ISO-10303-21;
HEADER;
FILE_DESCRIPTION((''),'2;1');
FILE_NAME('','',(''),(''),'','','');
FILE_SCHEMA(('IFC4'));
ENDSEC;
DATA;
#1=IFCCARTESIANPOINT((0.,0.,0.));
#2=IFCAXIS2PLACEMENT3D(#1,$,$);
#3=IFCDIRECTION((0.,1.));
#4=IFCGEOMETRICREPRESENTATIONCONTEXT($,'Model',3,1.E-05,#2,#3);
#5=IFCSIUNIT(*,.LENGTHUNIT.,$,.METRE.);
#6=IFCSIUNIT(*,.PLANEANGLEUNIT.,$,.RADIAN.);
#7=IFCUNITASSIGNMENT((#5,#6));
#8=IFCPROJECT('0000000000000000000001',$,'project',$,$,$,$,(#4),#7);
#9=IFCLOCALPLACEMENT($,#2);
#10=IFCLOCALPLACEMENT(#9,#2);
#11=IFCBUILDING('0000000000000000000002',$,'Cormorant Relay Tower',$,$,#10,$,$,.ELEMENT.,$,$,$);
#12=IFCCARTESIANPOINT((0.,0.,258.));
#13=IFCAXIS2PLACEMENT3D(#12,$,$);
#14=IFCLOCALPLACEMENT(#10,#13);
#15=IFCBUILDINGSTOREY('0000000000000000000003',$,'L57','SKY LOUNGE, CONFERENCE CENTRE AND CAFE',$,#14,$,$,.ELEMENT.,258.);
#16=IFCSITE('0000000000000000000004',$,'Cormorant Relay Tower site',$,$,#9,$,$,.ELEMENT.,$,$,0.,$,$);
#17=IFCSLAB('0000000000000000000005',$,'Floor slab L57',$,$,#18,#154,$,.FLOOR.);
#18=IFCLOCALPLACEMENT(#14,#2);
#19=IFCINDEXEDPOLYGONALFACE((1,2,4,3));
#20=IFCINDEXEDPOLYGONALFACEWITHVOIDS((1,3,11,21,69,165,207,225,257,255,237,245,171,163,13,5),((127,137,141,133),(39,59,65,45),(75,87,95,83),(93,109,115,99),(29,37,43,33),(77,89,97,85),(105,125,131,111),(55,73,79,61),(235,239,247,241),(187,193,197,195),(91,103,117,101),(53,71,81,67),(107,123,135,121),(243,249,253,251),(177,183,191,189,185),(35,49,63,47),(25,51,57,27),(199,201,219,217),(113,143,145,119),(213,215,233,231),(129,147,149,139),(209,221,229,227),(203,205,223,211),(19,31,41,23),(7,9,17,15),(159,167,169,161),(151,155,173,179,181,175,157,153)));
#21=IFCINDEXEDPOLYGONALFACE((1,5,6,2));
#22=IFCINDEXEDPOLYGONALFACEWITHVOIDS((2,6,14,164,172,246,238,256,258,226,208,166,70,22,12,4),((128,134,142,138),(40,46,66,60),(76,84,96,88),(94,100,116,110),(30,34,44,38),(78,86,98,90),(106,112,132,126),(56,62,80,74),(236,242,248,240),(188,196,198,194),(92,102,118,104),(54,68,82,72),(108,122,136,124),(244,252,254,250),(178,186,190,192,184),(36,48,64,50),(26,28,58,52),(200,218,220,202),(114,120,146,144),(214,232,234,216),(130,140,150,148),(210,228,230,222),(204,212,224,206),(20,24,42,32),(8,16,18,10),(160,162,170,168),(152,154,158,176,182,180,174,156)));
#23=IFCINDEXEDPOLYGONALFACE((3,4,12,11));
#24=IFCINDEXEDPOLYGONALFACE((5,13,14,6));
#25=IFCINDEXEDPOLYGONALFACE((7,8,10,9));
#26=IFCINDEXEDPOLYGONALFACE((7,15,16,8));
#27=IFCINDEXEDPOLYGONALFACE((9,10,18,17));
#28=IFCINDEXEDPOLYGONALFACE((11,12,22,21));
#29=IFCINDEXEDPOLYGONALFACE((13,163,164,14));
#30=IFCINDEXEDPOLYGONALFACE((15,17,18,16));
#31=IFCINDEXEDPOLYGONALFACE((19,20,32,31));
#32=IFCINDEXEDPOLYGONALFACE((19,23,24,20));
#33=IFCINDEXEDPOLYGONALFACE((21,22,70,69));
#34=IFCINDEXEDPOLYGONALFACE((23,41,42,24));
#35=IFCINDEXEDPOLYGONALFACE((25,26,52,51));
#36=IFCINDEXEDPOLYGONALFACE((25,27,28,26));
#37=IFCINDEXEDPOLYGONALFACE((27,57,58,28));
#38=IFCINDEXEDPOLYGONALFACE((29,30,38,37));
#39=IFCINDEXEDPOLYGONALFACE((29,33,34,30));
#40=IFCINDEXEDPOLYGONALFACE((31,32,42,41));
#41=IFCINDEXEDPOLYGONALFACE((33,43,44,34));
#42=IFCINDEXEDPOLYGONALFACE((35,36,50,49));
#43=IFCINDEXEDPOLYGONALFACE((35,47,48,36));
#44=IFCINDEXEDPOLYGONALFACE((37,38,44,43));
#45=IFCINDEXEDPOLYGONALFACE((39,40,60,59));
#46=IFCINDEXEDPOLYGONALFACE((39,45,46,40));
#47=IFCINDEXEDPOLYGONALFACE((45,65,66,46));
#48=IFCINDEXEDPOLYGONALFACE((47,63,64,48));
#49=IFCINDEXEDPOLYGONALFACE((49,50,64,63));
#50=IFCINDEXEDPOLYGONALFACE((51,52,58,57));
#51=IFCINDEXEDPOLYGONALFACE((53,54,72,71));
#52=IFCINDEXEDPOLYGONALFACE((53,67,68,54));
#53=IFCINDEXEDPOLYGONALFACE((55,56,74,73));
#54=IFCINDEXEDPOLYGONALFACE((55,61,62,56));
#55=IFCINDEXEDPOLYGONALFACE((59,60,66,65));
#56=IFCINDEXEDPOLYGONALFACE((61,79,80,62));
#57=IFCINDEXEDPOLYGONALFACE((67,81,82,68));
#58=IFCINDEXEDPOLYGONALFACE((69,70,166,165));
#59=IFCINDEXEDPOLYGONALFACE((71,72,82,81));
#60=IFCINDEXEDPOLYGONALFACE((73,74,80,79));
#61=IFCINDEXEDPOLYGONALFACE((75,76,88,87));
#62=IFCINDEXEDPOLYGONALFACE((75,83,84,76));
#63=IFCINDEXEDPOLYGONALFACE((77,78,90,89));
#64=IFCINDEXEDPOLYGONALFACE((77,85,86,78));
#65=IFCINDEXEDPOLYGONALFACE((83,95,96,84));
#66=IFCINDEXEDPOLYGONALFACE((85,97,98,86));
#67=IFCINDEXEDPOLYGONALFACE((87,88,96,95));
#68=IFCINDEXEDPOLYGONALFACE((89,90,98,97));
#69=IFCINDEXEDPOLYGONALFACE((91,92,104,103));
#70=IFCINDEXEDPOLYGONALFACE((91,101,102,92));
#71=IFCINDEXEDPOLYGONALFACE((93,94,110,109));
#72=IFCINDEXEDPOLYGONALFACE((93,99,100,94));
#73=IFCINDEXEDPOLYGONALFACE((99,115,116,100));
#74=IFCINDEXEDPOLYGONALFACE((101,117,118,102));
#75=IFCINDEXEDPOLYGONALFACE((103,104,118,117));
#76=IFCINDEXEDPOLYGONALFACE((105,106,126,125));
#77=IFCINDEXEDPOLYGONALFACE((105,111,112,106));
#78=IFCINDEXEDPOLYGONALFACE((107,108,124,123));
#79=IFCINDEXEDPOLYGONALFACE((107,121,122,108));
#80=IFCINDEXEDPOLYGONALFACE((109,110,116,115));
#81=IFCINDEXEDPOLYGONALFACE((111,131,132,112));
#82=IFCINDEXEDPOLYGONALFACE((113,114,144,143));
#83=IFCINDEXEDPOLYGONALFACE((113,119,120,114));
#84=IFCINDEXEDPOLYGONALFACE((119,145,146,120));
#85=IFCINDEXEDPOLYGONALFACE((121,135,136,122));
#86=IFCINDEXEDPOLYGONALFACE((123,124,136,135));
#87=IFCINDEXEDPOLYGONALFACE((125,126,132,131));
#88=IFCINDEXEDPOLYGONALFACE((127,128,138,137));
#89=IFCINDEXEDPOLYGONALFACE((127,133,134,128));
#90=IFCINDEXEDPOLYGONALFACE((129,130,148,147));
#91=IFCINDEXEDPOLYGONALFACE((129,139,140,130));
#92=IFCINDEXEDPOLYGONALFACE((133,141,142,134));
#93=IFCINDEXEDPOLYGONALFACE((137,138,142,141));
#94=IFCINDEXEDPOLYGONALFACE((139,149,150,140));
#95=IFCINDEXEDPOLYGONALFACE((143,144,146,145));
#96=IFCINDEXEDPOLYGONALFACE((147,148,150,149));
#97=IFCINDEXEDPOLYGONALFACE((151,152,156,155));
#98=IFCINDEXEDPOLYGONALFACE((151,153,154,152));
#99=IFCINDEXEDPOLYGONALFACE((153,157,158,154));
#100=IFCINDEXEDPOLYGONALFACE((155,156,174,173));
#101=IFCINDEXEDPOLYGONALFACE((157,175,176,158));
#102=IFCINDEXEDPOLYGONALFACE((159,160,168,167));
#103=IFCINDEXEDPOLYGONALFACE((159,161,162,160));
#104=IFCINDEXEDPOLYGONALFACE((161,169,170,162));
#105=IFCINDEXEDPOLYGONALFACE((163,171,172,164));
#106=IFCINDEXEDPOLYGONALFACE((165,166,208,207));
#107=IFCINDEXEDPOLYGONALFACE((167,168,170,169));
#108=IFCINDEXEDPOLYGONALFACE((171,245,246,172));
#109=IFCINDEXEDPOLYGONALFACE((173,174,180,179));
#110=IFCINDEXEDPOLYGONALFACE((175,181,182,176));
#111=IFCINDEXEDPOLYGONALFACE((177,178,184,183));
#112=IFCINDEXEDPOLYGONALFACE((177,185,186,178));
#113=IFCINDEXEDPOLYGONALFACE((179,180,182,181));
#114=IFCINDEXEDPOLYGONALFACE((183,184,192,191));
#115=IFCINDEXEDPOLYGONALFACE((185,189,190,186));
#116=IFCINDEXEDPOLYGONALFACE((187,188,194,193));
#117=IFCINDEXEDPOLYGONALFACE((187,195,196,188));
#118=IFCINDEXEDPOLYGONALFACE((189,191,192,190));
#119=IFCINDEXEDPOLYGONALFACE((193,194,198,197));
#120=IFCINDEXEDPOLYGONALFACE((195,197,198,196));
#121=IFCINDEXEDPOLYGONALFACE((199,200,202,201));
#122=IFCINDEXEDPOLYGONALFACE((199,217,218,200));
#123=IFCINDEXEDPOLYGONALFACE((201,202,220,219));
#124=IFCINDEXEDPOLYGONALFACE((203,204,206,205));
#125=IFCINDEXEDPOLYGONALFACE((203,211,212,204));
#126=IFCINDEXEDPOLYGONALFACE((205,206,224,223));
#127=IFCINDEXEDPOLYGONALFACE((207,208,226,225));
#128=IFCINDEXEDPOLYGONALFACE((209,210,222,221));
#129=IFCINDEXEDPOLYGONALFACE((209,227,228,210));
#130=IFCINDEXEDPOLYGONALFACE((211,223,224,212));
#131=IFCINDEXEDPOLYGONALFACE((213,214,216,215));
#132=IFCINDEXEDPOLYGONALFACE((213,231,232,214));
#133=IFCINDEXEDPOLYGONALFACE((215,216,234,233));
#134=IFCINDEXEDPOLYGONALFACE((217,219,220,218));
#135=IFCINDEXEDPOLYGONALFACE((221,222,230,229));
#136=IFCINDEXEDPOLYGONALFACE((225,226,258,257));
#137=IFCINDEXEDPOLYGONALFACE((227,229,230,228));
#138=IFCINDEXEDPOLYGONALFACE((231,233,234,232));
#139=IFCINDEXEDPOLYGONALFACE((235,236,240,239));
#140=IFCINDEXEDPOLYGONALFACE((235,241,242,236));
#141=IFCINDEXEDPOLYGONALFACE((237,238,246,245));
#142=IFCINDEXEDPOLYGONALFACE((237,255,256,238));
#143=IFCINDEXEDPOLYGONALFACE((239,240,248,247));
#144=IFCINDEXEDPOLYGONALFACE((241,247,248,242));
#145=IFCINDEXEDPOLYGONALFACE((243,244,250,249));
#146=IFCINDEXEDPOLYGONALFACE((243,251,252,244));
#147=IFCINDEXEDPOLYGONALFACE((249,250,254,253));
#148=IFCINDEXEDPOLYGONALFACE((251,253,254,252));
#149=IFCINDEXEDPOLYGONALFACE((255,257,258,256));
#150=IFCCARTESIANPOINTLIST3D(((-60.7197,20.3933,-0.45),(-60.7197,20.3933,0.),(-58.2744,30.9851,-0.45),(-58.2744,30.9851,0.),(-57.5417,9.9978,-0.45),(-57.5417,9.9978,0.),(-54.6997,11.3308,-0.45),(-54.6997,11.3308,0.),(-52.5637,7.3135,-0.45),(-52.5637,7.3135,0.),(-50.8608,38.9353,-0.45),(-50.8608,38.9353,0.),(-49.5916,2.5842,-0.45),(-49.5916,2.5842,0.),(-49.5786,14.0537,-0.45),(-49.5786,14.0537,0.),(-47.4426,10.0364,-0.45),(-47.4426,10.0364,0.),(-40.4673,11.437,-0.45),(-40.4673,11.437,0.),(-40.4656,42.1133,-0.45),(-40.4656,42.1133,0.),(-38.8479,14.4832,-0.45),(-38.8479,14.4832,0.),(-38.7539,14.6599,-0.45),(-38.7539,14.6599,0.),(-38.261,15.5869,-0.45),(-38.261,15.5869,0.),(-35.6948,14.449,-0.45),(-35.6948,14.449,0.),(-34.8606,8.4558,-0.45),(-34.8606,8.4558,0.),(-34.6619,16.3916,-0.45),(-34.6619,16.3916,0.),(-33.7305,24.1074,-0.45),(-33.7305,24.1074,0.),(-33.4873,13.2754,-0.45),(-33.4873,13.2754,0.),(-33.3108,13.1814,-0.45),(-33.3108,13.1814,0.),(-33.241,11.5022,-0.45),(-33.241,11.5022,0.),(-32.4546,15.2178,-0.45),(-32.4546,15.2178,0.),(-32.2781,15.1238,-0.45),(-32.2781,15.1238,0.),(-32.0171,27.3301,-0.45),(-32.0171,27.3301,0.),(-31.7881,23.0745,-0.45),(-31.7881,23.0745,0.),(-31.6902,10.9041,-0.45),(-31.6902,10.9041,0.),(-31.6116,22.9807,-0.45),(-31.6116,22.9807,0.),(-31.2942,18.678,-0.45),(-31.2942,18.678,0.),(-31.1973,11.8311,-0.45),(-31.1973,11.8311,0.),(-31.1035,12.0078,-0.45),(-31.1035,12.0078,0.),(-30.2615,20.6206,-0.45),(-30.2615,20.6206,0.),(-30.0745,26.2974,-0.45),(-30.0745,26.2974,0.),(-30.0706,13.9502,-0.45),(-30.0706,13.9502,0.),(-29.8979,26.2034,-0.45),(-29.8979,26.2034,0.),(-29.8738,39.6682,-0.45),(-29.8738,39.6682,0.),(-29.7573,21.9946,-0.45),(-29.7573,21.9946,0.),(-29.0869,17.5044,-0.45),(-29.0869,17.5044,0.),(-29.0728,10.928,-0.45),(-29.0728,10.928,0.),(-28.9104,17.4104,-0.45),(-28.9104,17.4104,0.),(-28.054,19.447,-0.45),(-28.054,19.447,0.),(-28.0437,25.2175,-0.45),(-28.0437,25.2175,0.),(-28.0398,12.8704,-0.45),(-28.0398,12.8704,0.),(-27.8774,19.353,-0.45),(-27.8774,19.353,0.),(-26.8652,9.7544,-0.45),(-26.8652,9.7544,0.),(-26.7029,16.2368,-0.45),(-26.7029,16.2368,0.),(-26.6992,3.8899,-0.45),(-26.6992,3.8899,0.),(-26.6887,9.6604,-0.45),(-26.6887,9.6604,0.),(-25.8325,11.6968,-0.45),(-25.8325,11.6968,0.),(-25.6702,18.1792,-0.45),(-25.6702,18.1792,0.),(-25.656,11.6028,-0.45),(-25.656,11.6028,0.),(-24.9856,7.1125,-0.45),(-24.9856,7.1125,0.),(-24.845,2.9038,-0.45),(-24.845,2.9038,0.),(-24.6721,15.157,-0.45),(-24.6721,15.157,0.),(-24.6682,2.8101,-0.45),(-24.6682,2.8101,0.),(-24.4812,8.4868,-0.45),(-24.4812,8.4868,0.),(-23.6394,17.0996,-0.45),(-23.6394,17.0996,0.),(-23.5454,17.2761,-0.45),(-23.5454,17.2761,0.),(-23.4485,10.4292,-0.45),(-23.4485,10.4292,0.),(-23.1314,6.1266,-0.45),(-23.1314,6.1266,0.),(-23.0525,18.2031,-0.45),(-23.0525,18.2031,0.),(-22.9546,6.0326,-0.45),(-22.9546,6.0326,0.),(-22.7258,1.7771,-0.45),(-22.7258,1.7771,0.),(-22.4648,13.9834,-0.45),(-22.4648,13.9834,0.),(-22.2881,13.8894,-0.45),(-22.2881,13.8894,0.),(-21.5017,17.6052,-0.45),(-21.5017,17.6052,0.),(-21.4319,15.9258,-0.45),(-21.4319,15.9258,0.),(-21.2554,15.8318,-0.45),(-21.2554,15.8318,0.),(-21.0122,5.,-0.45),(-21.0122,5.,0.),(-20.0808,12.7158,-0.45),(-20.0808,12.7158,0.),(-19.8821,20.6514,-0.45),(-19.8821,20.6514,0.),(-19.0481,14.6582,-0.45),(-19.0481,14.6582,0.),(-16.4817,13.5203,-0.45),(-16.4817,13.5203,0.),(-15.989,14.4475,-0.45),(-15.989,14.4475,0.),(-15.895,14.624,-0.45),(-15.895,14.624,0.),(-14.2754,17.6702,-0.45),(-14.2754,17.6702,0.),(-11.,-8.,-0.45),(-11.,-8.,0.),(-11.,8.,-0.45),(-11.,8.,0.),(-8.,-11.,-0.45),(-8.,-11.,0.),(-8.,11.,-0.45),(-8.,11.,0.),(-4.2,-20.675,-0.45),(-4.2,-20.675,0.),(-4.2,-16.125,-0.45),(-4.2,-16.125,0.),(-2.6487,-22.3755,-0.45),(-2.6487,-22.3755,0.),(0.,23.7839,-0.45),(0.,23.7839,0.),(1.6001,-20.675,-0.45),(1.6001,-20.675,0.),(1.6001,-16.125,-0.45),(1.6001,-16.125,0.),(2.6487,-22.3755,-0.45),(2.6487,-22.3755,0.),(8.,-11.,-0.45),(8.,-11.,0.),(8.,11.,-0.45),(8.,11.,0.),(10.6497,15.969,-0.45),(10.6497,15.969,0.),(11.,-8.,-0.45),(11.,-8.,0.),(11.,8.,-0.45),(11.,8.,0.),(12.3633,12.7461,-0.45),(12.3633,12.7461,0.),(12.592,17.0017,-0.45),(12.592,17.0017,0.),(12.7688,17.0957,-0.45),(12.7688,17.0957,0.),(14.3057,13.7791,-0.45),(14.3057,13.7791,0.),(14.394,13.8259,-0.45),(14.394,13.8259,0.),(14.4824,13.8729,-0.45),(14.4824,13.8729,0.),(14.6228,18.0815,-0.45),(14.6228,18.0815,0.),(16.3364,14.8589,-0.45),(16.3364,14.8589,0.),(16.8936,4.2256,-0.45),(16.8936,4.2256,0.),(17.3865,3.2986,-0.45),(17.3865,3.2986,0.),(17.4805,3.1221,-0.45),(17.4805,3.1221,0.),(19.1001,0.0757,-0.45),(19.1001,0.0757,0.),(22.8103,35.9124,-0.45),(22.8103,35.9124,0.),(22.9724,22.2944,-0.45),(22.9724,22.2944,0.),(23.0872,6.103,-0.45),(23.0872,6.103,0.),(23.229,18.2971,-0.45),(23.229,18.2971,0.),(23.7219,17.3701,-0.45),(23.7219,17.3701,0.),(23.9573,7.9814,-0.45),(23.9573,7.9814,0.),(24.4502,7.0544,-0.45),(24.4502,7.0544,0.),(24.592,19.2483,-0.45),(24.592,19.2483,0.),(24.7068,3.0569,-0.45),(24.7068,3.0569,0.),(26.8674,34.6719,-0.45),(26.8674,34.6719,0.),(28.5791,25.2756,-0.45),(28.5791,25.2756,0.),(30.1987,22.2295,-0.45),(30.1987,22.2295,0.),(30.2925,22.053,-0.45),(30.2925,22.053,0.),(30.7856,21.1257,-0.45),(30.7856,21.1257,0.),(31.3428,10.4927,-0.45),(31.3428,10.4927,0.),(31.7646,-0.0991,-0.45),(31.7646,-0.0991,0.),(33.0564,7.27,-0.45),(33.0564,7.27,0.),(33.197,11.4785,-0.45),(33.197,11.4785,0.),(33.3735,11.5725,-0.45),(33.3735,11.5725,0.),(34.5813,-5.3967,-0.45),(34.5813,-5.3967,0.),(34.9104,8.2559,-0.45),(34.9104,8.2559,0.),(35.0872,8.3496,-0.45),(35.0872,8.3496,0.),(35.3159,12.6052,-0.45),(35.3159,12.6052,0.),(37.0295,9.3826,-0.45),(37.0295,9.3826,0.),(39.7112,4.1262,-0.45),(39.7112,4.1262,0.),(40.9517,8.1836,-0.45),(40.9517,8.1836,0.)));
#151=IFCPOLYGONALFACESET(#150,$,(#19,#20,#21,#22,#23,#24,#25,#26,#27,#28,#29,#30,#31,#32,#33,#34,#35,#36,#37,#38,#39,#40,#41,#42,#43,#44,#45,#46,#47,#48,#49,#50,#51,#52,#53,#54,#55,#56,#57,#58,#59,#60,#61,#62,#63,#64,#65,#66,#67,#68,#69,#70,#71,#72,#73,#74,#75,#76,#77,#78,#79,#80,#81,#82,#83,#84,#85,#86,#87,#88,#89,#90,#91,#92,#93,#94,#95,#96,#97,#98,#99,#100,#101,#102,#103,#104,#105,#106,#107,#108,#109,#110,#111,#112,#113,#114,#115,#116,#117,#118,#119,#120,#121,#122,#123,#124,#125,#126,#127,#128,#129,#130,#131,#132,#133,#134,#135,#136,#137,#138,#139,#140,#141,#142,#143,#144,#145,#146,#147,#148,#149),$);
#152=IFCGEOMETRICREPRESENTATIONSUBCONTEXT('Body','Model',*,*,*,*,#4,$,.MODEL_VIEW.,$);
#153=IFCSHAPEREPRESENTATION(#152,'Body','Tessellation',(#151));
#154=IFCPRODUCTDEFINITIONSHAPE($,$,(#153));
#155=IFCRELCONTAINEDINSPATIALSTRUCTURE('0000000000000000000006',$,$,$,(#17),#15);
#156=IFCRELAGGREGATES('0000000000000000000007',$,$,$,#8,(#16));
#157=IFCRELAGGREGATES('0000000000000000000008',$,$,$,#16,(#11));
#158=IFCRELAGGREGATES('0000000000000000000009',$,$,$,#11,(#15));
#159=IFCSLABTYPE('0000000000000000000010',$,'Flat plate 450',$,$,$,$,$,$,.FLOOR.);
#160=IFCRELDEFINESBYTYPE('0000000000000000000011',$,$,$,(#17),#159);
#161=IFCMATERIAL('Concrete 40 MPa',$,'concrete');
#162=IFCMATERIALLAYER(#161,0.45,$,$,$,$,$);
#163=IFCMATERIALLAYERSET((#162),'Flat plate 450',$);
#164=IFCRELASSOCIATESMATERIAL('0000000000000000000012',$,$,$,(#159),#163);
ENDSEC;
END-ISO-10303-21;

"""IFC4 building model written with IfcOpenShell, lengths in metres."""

from ifc_helpers import new_model, si_unit, direction, frame, origin, place, context, subcontext, project, spatial, polyline, outline, extrude, material, layer, layer_set, type_object, element, save


model = new_model("IFC4")

# Units and contexts
model_context = context("Model", 3, precision=1e-05, world=origin(), true_north=direction((0.0, 1.0)))
body_context = subcontext(model_context, "Body", "Model", "MODEL_VIEW")
ifc_project = project(units=[si_unit("LENGTHUNIT", "METRE"), si_unit("PLANEANGLEUNIT", "RADIAN")], contexts=[model_context])

# Site, building, storey
site_placement = place(None, origin())
site = spatial("IfcSite", under=ifc_project, at=site_placement, Name="Cormorant Relay Tower site", CompositionType="ELEMENT", RefElevation=0.0)
building_placement = place(site_placement, origin())
building = spatial("IfcBuilding", under=site, at=building_placement, Name="Cormorant Relay Tower", CompositionType="ELEMENT")
storey_placement = place(building_placement, frame((0.0, 0.0, 258.0)))
storey = spatial("IfcBuildingStorey", under=building, at=storey_placement, Name="L57", Description="SKY LOUNGE, CONFERENCE CENTRE AND CAFE", CompositionType="ELEMENT", Elevation=258.0)

# Slab
ifc_material_1 = material(Name="Concrete 40 MPa", Category="concrete")
ifc_layer_1 = layer(ifc_material_1, 0.45)
ifc_layer_set_1 = layer_set([ifc_layer_1], Name="Flat plate 450")
slab_type_1 = type_object("IfcSlabType", Name="Flat plate 450", PredefinedType="FLOOR", material=ifc_layer_set_1)
slab_1_placement = place(storey_placement, frame((0.0, 0.0, -0.45)))
element("IfcSlab", 1, at=slab_1_placement, inside=storey, type_object=slab_type_1, Name="Floor slab L57", PredefinedType="FLOOR", context=body_context, shape_type="SweptSolid", body=[
    extrude(outline(polyline([(-60.7197, 20.3933), (-58.2744, 30.9851), (-50.8608, 38.9353), (-40.4656, 42.1133), (-29.8738, 39.6682), (0.0, 23.7839), (22.8103, 35.9124), (26.8674, 34.6719), (40.9517, 8.1836), (39.7112, 4.1262), (31.7646, -0.0991), (34.5813, -5.3967), (2.6487, -22.3755), (-2.6487, -22.3755), (-49.5916, 2.5842), (-57.5417, 9.9978), (-60.7197, 20.3933)]), holes=[polyline([(11.0, -8.0), (11.0, 8.0), (8.0, 11.0), (-8.0, 11.0), (-11.0, 8.0), (-11.0, -8.0), (-8.0, -11.0), (8.0, -11.0), (11.0, -8.0)]), polyline([(-24.9856, 7.1125), (-26.6992, 3.8899), (-24.845, 2.9038), (-23.1313, 6.1267), (-23.043, 6.0796), (-24.9856, 7.1125)]), polyline([(-22.9546, 6.0327), (-24.6682, 2.8101), (-22.7258, 1.7771), (-21.0122, 5.0), (-23.043, 6.0796), (-22.9546, 6.0327)]), polyline([(-25.656, 11.6028), (-26.6887, 9.6604), (-24.4812, 8.4868), (-23.4485, 10.4292), (-25.656, 11.6028)]), polyline([(-49.5786, 14.0537), (-54.6997, 11.3308), (-52.5637, 7.3135), (-47.4426, 10.0364), (-49.5786, 14.0537)]), polyline([(-29.0728, 10.928), (-26.8652, 9.7544), (-25.8325, 11.6968), (-28.0398, 12.8704), (-29.0728, 10.928)]), polyline([(-33.241, 11.5022), (-38.8479, 14.4832), (-40.4673, 11.437), (-34.8606, 8.4558), (-33.241, 11.5022)]), polyline([(-38.261, 15.5869), (-38.7539, 14.6599), (-31.6902, 10.9041), (-31.1973, 11.8311), (-38.261, 15.5869)]), polyline([(-31.1035, 12.0078), (-30.0706, 13.9502), (-32.2781, 15.1238), (-33.3108, 13.1814), (-31.1035, 12.0078)]), polyline([(-34.6619, 16.3916), (-35.6948, 14.449), (-33.4873, 13.2754), (-32.4546, 15.2178), (-34.6619, 16.3916)]), polyline([(-24.6721, 15.157), (-22.4648, 13.9834), (-21.4319, 15.9258), (-23.6394, 17.0996), (-24.6721, 15.157)]), polyline([(-25.6702, 18.1792), (-27.8774, 19.353), (-28.9104, 17.4104), (-26.7029, 16.2368), (-25.6702, 18.1792)]), polyline([(-30.2615, 20.6206), (-31.2942, 18.678), (-29.0869, 17.5044), (-28.054, 19.447), (-30.2615, 20.6206)]), polyline([(-31.6116, 22.9807), (-29.7573, 21.9946), (-28.0437, 25.2175), (-29.8979, 26.2034), (-31.6116, 22.9807)]), polyline([(-32.0171, 27.3301), (-33.7305, 24.1074), (-31.7881, 23.0745), (-30.0745, 26.2974), (-32.0171, 27.3301)]), polyline([(-4.2, -16.125), (-4.2, -20.675), (1.6001, -20.675), (1.6001, -16.125), (-4.2, -16.125)]), polyline([(23.0872, 6.103), (17.4805, 3.1221), (19.1001, 0.0757), (24.7068, 3.0569), (23.0872, 6.103)]), polyline([(17.3865, 3.2986), (24.4502, 7.0544), (23.9573, 7.9814), (16.8936, 4.2256), (17.3865, 3.2986)]), polyline([(33.197, 11.4785), (31.3428, 10.4927), (33.0564, 7.27), (34.9104, 8.2559), (33.197, 11.4785)]), polyline([(33.3735, 11.5725), (35.0872, 8.3496), (37.0295, 9.3826), (35.3159, 12.6052), (33.3735, 11.5725)]), polyline([(-20.0808, 12.7158), (-19.0481, 14.6582), (-21.2554, 15.8318), (-22.2881, 13.8894), (-20.0808, 12.7158)]), polyline([(14.3057, 13.7791), (12.592, 17.0017), (10.6497, 15.969), (12.3633, 12.7461), (14.394, 13.8259), (14.3057, 13.7791)]), polyline([(16.3364, 14.8589), (14.6228, 18.0815), (12.7688, 17.0957), (14.4824, 13.8728), (14.394, 13.8259), (16.3364, 14.8589)]), polyline([(-16.4817, 13.5203), (-15.989, 14.4475), (-23.0525, 18.2031), (-23.5454, 17.2761), (-16.4817, 13.5203)]), polyline([(-21.5017, 17.6052), (-15.895, 14.624), (-14.2754, 17.6702), (-19.8821, 20.6514), (-21.5017, 17.6052)]), polyline([(30.7856, 21.1257), (30.2925, 22.053), (23.229, 18.2971), (23.7219, 17.3701), (30.7856, 21.1257)]), polyline([(24.592, 19.2483), (30.1987, 22.2295), (28.5791, 25.2756), (22.9724, 22.2944), (24.592, 19.2483)])]), origin(), (0.0, 0.0, 1.0), 0.45),
])

save(model, "model.ifc")
